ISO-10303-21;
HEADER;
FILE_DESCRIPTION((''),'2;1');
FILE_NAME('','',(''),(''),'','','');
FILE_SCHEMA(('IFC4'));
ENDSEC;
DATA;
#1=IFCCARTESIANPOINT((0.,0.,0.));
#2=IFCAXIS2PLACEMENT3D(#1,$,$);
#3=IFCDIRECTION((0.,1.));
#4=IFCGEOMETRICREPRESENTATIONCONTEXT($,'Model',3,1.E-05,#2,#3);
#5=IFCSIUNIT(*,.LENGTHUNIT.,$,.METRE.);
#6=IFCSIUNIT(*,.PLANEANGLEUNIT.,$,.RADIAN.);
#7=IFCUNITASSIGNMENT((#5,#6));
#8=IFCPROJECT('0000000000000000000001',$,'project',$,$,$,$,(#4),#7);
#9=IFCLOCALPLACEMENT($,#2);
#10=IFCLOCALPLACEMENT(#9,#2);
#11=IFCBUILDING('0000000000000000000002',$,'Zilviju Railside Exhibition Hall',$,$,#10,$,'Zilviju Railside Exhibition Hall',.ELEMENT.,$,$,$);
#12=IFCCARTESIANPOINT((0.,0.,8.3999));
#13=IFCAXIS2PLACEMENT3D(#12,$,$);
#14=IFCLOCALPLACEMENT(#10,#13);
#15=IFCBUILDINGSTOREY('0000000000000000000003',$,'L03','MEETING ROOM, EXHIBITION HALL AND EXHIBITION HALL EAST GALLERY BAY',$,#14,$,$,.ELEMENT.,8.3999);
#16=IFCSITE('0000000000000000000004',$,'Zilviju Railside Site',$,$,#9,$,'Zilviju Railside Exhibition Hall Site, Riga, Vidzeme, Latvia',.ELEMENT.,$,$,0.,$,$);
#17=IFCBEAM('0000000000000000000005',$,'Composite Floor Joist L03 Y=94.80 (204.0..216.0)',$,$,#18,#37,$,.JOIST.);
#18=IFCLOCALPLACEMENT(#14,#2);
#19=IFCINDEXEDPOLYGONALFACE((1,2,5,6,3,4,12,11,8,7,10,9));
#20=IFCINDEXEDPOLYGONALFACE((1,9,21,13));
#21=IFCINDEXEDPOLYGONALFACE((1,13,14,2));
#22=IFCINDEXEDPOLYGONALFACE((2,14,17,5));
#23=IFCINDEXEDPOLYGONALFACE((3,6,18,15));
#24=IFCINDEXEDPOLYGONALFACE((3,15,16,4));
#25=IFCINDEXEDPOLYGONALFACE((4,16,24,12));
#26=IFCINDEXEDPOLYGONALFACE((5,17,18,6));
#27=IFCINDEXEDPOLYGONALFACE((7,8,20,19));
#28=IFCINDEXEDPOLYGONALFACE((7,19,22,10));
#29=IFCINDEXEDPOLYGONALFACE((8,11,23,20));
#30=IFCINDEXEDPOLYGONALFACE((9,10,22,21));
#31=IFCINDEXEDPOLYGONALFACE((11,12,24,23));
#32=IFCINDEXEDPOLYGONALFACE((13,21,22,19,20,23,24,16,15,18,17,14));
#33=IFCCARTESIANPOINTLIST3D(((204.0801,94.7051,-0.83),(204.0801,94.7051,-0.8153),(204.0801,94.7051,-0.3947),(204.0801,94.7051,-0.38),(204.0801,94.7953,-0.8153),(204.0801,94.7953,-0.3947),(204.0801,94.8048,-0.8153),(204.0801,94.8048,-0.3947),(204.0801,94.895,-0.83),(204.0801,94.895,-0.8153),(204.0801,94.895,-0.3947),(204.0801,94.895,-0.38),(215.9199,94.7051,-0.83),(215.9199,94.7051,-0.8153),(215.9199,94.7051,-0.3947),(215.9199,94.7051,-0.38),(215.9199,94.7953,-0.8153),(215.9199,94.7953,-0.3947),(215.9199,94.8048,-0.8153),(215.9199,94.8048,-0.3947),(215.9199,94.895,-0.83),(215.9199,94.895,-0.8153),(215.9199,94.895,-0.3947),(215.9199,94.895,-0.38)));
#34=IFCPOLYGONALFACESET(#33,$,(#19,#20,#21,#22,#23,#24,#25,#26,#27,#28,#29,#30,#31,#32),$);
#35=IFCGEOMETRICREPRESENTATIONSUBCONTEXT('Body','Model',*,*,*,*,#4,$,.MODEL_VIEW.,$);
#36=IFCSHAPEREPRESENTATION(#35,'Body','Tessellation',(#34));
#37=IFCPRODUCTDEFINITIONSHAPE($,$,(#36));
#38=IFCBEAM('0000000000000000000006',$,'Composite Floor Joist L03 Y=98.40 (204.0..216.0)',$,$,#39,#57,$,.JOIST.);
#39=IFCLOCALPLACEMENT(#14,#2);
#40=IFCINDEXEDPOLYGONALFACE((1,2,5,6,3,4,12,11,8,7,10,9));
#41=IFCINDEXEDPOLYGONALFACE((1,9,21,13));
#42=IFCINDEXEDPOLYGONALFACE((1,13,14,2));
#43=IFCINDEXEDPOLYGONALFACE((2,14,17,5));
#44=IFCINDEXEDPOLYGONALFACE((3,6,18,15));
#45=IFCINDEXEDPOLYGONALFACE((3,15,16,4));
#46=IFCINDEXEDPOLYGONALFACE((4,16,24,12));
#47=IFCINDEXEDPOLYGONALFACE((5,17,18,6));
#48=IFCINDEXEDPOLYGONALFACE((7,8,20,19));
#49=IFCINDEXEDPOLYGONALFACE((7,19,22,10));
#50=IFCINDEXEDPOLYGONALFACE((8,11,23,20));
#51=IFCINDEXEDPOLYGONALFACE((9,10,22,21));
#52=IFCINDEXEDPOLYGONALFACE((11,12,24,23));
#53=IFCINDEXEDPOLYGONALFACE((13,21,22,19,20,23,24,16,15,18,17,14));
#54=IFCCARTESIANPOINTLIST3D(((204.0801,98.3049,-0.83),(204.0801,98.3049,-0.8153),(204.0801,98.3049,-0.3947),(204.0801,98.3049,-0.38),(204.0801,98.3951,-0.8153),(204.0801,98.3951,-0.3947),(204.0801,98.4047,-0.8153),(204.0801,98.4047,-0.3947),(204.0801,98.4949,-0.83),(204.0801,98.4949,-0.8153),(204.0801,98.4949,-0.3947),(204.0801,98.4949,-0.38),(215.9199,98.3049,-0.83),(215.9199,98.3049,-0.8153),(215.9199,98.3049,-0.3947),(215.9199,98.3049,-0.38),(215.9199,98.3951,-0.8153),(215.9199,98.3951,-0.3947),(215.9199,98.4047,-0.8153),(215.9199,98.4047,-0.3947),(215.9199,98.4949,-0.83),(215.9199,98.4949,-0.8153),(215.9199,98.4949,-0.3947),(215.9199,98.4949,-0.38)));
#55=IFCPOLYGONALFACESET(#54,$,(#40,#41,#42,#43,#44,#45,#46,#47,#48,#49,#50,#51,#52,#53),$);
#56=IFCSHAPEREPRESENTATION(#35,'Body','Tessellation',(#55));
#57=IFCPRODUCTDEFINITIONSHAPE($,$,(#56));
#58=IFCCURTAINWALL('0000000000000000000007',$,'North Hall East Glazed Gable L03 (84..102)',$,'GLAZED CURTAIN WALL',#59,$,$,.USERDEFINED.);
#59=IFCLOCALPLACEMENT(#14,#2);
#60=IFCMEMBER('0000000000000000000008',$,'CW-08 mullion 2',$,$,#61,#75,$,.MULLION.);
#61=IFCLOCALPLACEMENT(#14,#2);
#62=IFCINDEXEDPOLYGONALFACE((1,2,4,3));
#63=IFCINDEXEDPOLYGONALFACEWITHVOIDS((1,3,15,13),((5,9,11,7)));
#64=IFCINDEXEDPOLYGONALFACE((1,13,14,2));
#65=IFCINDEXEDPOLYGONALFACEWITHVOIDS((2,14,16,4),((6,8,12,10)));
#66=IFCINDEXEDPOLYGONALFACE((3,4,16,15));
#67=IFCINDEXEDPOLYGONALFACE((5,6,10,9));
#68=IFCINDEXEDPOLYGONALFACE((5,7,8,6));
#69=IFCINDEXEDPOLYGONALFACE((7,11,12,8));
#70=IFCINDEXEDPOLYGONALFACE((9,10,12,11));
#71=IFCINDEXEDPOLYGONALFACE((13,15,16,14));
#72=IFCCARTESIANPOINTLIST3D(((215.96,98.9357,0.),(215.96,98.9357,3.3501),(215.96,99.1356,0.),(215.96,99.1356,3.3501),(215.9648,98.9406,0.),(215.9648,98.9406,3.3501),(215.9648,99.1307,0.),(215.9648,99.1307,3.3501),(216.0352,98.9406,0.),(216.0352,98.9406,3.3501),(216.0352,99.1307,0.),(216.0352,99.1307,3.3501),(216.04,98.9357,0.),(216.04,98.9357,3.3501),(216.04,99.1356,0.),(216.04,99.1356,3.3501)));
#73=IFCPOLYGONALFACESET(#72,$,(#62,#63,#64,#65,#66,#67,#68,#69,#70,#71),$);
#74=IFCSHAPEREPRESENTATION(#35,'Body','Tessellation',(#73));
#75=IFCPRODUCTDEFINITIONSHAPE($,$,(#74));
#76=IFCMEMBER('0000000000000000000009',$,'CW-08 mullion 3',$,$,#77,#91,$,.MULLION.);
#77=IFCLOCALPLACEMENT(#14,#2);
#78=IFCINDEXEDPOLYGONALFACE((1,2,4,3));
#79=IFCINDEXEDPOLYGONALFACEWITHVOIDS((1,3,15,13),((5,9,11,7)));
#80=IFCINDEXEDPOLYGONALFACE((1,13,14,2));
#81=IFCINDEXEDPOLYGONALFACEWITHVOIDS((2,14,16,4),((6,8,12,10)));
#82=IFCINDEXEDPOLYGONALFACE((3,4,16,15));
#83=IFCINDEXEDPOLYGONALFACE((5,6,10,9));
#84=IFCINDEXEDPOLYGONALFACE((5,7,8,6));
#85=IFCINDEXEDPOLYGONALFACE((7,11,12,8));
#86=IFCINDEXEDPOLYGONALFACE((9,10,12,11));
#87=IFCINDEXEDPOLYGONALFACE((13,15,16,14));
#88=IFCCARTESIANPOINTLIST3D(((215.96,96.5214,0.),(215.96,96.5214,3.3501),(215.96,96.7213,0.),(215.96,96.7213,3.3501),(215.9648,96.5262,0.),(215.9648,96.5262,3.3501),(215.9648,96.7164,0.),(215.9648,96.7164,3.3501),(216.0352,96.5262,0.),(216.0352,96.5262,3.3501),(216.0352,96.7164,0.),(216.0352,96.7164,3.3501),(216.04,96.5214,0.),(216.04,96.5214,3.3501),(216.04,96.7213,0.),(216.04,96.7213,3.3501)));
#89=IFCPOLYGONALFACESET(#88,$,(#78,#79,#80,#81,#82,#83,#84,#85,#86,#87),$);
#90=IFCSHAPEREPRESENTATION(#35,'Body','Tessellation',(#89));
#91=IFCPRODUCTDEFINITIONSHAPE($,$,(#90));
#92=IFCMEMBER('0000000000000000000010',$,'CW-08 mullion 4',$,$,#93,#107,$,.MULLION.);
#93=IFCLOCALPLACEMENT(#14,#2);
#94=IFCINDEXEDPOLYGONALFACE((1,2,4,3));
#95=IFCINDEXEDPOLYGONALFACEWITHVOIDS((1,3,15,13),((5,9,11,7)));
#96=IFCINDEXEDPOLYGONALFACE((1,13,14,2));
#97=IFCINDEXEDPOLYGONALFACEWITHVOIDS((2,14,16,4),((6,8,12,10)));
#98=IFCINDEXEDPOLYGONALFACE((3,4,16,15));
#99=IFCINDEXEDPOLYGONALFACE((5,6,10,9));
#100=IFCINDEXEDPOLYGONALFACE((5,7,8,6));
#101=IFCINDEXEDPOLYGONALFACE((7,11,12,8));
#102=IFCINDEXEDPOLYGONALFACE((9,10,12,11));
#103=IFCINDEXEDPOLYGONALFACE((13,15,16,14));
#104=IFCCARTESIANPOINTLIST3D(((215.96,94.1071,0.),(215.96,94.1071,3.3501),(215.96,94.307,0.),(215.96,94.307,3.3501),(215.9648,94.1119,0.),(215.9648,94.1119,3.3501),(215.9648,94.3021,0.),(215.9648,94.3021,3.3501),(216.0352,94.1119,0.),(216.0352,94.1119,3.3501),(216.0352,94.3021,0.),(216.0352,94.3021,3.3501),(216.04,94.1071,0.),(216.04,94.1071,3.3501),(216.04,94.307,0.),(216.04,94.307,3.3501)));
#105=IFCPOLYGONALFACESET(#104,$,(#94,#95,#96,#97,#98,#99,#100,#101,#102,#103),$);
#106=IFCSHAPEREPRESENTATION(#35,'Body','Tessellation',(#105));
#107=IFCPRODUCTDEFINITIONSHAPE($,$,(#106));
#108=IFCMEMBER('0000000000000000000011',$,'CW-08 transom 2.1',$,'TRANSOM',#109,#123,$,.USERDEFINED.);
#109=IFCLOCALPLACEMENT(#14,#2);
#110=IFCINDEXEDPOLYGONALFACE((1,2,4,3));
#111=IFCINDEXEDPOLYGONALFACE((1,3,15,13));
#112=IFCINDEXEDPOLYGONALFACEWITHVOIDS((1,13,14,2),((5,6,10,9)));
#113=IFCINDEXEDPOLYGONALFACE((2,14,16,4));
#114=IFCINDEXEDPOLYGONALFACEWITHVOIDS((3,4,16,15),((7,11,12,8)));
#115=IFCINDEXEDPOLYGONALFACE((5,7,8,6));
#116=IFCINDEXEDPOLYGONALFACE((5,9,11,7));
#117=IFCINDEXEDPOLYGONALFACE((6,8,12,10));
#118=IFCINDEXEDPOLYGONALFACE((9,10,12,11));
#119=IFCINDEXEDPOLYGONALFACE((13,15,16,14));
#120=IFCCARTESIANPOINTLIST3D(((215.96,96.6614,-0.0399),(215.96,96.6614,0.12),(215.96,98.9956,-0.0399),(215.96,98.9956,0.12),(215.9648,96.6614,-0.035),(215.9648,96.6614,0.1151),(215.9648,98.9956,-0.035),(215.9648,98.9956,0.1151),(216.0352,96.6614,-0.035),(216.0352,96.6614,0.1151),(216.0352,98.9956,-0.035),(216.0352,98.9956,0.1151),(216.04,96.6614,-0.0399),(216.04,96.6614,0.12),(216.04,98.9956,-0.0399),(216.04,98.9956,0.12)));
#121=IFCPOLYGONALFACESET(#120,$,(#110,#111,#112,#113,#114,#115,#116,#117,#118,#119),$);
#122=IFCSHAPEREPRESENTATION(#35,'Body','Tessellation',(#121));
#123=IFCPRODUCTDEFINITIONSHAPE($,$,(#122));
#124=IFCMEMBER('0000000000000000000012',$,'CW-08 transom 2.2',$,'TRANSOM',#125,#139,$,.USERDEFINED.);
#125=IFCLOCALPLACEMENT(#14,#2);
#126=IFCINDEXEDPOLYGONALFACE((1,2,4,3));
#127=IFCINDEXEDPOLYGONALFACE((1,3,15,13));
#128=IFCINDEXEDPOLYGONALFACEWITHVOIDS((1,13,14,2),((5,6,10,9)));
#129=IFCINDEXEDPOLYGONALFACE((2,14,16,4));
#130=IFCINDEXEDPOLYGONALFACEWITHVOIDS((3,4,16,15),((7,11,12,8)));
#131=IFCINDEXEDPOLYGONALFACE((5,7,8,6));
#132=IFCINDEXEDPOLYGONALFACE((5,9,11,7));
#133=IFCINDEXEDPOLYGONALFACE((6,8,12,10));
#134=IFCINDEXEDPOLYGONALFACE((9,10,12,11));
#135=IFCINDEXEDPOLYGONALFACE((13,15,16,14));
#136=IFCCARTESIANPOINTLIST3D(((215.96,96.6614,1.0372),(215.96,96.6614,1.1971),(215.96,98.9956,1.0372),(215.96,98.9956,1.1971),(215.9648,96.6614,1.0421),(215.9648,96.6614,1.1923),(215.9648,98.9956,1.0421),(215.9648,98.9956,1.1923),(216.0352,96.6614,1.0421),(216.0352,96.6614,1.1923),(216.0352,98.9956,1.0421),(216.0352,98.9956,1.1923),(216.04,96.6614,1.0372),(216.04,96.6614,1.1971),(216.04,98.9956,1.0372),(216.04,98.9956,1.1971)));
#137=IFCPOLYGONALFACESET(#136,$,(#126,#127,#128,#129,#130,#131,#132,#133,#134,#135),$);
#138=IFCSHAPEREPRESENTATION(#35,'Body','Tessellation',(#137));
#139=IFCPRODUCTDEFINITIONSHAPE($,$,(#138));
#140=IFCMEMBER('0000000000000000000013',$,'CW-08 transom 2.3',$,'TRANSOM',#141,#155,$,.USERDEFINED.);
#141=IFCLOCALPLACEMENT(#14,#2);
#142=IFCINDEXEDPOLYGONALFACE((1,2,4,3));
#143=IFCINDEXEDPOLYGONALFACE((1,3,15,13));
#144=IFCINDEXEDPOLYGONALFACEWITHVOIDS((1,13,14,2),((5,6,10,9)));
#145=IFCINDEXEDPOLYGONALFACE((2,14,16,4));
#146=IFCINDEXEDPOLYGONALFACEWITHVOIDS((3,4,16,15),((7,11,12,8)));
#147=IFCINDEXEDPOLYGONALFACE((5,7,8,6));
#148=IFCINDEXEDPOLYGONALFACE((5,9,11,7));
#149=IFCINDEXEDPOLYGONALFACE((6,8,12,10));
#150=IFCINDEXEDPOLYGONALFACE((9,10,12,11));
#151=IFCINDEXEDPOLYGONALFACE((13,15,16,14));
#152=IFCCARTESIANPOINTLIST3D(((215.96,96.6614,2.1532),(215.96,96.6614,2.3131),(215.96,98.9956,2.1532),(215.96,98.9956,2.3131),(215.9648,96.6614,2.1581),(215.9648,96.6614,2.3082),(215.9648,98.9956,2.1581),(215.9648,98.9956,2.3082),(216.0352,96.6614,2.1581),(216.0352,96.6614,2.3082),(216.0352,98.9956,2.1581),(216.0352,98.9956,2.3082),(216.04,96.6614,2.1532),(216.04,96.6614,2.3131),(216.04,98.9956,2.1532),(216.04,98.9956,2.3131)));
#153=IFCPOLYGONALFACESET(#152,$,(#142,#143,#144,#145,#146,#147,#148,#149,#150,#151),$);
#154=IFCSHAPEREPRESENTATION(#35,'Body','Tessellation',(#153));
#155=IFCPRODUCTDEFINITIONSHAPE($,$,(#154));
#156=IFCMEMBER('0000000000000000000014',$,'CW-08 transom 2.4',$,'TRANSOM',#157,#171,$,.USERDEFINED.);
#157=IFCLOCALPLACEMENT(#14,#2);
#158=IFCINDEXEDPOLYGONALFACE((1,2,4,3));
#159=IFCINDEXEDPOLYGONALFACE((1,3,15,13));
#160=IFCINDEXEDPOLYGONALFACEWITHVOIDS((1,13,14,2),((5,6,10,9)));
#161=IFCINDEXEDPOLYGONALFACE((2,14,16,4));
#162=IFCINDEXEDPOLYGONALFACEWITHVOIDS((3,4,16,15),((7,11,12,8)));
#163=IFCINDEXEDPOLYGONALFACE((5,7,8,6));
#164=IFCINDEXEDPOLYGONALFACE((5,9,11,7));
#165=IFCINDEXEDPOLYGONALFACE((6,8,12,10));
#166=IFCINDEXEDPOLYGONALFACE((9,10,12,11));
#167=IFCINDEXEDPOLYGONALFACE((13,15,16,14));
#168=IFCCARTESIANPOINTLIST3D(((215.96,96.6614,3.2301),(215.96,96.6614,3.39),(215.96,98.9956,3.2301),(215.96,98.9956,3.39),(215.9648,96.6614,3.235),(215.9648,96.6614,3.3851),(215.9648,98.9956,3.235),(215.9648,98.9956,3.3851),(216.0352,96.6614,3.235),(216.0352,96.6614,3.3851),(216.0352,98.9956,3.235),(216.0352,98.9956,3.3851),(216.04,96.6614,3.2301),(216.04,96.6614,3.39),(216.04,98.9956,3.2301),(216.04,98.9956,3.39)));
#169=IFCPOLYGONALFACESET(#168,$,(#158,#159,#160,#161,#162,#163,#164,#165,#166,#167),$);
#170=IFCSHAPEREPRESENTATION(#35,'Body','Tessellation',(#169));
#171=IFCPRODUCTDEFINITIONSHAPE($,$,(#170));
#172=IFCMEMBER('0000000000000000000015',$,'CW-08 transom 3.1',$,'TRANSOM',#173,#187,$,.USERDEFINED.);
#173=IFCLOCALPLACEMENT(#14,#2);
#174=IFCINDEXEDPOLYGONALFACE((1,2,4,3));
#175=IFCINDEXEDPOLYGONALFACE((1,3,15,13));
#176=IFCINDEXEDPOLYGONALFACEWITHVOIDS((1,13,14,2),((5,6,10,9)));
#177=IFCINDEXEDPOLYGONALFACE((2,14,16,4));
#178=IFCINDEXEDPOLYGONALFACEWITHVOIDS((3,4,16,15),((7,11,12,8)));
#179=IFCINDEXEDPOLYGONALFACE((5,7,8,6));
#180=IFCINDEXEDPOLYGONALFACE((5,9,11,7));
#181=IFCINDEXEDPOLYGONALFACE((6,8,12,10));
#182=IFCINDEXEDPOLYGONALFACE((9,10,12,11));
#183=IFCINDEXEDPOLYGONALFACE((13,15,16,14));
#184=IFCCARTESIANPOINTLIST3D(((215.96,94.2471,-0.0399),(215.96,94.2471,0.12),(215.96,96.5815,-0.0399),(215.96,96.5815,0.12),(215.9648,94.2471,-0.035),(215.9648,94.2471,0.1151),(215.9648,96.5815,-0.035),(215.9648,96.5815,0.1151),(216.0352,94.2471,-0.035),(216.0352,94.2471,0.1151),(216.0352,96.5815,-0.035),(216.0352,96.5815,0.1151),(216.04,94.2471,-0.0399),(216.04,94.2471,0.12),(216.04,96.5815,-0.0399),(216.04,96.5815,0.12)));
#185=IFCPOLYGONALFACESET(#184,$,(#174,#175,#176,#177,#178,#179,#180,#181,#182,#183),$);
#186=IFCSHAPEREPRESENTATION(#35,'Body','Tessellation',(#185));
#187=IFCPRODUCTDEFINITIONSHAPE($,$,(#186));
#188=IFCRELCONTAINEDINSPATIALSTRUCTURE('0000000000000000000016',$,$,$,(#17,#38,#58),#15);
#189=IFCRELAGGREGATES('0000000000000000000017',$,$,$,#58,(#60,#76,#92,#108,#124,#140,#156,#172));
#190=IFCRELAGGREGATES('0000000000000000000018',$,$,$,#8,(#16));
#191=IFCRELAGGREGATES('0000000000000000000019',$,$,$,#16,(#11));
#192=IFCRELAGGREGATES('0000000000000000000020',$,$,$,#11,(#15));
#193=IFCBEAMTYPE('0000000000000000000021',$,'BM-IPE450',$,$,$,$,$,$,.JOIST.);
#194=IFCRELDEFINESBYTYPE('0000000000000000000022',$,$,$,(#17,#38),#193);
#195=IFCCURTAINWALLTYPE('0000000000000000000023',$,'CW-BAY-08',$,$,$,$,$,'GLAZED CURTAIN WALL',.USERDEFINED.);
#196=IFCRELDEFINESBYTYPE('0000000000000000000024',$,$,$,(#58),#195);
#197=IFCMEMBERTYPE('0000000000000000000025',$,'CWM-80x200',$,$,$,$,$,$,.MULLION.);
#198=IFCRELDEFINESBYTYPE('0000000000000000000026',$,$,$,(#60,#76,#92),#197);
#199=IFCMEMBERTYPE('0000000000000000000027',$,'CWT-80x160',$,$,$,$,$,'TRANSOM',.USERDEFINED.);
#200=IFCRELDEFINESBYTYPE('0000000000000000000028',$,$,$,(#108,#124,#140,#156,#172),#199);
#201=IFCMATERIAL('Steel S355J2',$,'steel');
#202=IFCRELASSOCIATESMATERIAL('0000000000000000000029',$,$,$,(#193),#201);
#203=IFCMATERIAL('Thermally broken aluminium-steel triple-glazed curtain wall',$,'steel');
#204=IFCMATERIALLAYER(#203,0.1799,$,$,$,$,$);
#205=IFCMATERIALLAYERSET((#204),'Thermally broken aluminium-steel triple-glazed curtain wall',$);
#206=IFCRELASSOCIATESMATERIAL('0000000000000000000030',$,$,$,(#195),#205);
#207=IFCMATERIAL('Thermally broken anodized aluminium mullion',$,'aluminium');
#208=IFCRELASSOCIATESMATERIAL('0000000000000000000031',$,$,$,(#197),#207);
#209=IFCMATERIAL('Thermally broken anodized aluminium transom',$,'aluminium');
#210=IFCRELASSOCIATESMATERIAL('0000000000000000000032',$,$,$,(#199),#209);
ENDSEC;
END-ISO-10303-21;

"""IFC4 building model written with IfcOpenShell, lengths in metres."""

from ifc_helpers import new_model, si_unit, direction, frame, origin, origin_2d, place, context, subcontext, project, spatial, hollow_rectangle, i_section, extrude, material, layer, layer_set, material_profile, profile_set, type_object, element, aggregate, save


model = new_model("IFC4")

# Units and contexts
model_context = context("Model", 3, precision=1e-05, world=origin(), true_north=direction((0.0, 1.0)))
body_context = subcontext(model_context, "Body", "Model", "MODEL_VIEW")
ifc_project = project(units=[si_unit("LENGTHUNIT", "METRE"), si_unit("PLANEANGLEUNIT", "RADIAN")], contexts=[model_context])

# Site, building, storey
site_placement = place(None, origin())
site = spatial("IfcSite", under=ifc_project, at=site_placement, Name="Zilviju Railside Site", LongName="Zilviju Railside Exhibition Hall Site, Riga, Vidzeme, Latvia", CompositionType="ELEMENT", RefElevation=0.0)
building_placement = place(site_placement, origin())
building = spatial("IfcBuilding", under=site, at=building_placement, Name="Zilviju Railside Exhibition Hall", LongName="Zilviju Railside Exhibition Hall", CompositionType="ELEMENT")
storey_placement = place(building_placement, frame((0.0, 0.0, 8.3999)))
storey = spatial("IfcBuildingStorey", under=building, at=storey_placement, Name="L03", Description="MEETING ROOM, EXHIBITION HALL AND EXHIBITION HALL EAST GALLERY BAY", CompositionType="ELEMENT", Elevation=8.3999)

# Beams
ifc_material_1 = material(Name="Steel S355J2", Category="steel")
ifc_material_profile_1 = material_profile(ifc_material_1, i_section(OverallWidth=0.1899, OverallDepth=0.45, WebThickness=0.0095, FlangeThickness=0.0146, at=origin_2d()), Name="IPE 450")
ifc_profile_set_1 = profile_set([ifc_material_profile_1], Name="Steel S355J2")
beam_type = type_object("IfcBeamType", Name="BM-IPE450", PredefinedType="JOIST", material=ifc_profile_set_1)
for number, where, z_axis, x_axis, name in (
    (1, (204.0801, 94.8, -0.605), (1.0, 0.0, 0.0), (0.0, 1.0, 0.0), "Composite Floor Joist L03 Y=94.80 (204.0..216.0)"),
    (2, (204.0801, 98.3999, -0.605), (1.0, 0.0, 0.0), (0.0, 1.0, 0.0), "Composite Floor Joist L03 Y=98.40 (204.0..216.0)"),
):
    element("IfcBeam", number, at=place(storey_placement, frame(where, z_axis=z_axis, x_axis=x_axis)), inside=storey, type_object=beam_type, Name=name, PredefinedType="JOIST", context=body_context, shape_type="SweptSolid", body=[
        extrude(i_section(OverallWidth=0.1899, OverallDepth=0.45, WebThickness=0.0095, FlangeThickness=0.0146, at=origin_2d()), origin(), (0.0, 0.0, 1.0), 11.8398),
    ])

# Curtain wall, members
ifc_material_2 = material(Name="Thermally broken aluminium-steel triple-glazed curtain wall", Category="steel")
ifc_layer_1 = layer(ifc_material_2, 0.1799)
ifc_layer_set_1 = layer_set([ifc_layer_1], Name="Thermally broken aluminium-steel triple-glazed curtain wall")
curtain_wall_type = type_object("IfcCurtainWallType", Name="CW-BAY-08", ElementType="GLAZED CURTAIN WALL", PredefinedType="USERDEFINED", material=ifc_layer_set_1)
curtain_wall_placement = place(storey_placement, origin())
curtain_wall = element("IfcCurtainWall", 3, at=curtain_wall_placement, inside=storey, type_object=curtain_wall_type, Name="North Hall East Glazed Gable L03 (84..102)", ObjectType="GLAZED CURTAIN WALL", PredefinedType="USERDEFINED")
ifc_material_3 = material(Name="Thermally broken anodized aluminium mullion", Category="aluminium")
ifc_material_profile_2 = material_profile(ifc_material_3, hollow_rectangle(XDim=0.0801, YDim=0.2, WallThickness=0.0049, at=origin_2d()), Name="MULLION 200x80x5")
ifc_profile_set_2 = profile_set([ifc_material_profile_2], Name="Thermally broken anodized aluminium mullion")
member_type_1 = type_object("IfcMemberType", Name="CWM-80x200", PredefinedType="MULLION", material=ifc_profile_set_2)
member_1_placement = place(storey_placement, frame((216.0, 99.0356, 0.0), z_axis=(0.0, 0.0, 1.0), x_axis=(1.0, 0.0, 0.0)))
member_1 = element("IfcMember", 4, at=member_1_placement, type_object=member_type_1, Name="CW-08 mullion 2", PredefinedType="MULLION", context=body_context, shape_type="SweptSolid", body=[
    extrude(hollow_rectangle(XDim=0.0801, YDim=0.2, WallThickness=0.0049, at=origin_2d()), origin(), (0.0, 0.0, 1.0), 3.3501),
])
member_2_placement = place(storey_placement, frame((216.0, 96.6213, 0.0), z_axis=(0.0, 0.0, 1.0), x_axis=(1.0, 0.0, 0.0)))
member_2 = element("IfcMember", 5, at=member_2_placement, type_object=member_type_1, Name="CW-08 mullion 3", PredefinedType="MULLION", context=body_context, shape_type="SweptSolid", body=[
    extrude(hollow_rectangle(XDim=0.0801, YDim=0.2, WallThickness=0.0049, at=origin_2d()), origin(), (0.0, 0.0, 1.0), 3.3501),
])
member_3_placement = place(storey_placement, frame((216.0, 94.207, 0.0), z_axis=(0.0, 0.0, 1.0), x_axis=(1.0, 0.0, 0.0)))
member_3 = element("IfcMember", 6, at=member_3_placement, type_object=member_type_1, Name="CW-08 mullion 4", PredefinedType="MULLION", context=body_context, shape_type="SweptSolid", body=[
    extrude(hollow_rectangle(XDim=0.0801, YDim=0.2, WallThickness=0.0049, at=origin_2d()), origin(), (0.0, 0.0, 1.0), 3.3501),
])
ifc_material_4 = material(Name="Thermally broken anodized aluminium transom", Category="aluminium")
ifc_material_profile_3 = material_profile(ifc_material_4, hollow_rectangle(XDim=0.0801, YDim=0.1599, WallThickness=0.0049, at=origin_2d()), Name="TRANSOM 160x80x5")
ifc_profile_set_3 = profile_set([ifc_material_profile_3], Name="Thermally broken anodized aluminium transom")
member_type_2 = type_object("IfcMemberType", Name="CWT-80x160", ElementType="TRANSOM", PredefinedType="USERDEFINED", material=ifc_profile_set_3)
member_4_placement = place(storey_placement, frame((216.0, 98.9956, 0.04), z_axis=(0.0, -1.0, 0.0), x_axis=(1.0, 0.0, 0.0)))
member_4 = element("IfcMember", 7, at=member_4_placement, type_object=member_type_2, Name="CW-08 transom 2.1", ObjectType="TRANSOM", PredefinedType="USERDEFINED", context=body_context, shape_type="SweptSolid", body=[
    extrude(hollow_rectangle(XDim=0.0801, YDim=0.1599, WallThickness=0.0049, at=origin_2d()), origin(), (0.0, 0.0, 1.0), 2.3342),
])
member_5_placement = place(storey_placement, frame((216.0, 98.9956, 1.1172), z_axis=(0.0, -1.0, 0.0), x_axis=(1.0, 0.0, 0.0)))
member_5 = element("IfcMember", 8, at=member_5_placement, type_object=member_type_2, Name="CW-08 transom 2.2", ObjectType="TRANSOM", PredefinedType="USERDEFINED", context=body_context, shape_type="SweptSolid", body=[
    extrude(hollow_rectangle(XDim=0.0801, YDim=0.1599, WallThickness=0.0049, at=origin_2d()), origin(), (0.0, 0.0, 1.0), 2.3342),
])
member_6_placement = place(storey_placement, frame((216.0, 98.9956, 2.2332), z_axis=(0.0, -1.0, 0.0), x_axis=(1.0, 0.0, 0.0)))
member_6 = element("IfcMember", 9, at=member_6_placement, type_object=member_type_2, Name="CW-08 transom 2.3", ObjectType="TRANSOM", PredefinedType="USERDEFINED", context=body_context, shape_type="SweptSolid", body=[
    extrude(hollow_rectangle(XDim=0.0801, YDim=0.1599, WallThickness=0.0049, at=origin_2d()), origin(), (0.0, 0.0, 1.0), 2.3342),
])
member_7_placement = place(storey_placement, frame((216.0, 98.9956, 3.3101), z_axis=(0.0, -1.0, 0.0), x_axis=(1.0, 0.0, 0.0)))
member_7 = element("IfcMember", 10, at=member_7_placement, type_object=member_type_2, Name="CW-08 transom 2.4", ObjectType="TRANSOM", PredefinedType="USERDEFINED", context=body_context, shape_type="SweptSolid", body=[
    extrude(hollow_rectangle(XDim=0.0801, YDim=0.1599, WallThickness=0.0049, at=origin_2d()), origin(), (0.0, 0.0, 1.0), 2.3342),
])
member_8_placement = place(storey_placement, frame((216.0, 96.5815, 0.04), z_axis=(0.0, -1.0, 0.0), x_axis=(1.0, 0.0, 0.0)))
member_8 = element("IfcMember", 11, at=member_8_placement, type_object=member_type_2, Name="CW-08 transom 3.1", ObjectType="TRANSOM", PredefinedType="USERDEFINED", context=body_context, shape_type="SweptSolid", body=[
    extrude(hollow_rectangle(XDim=0.0801, YDim=0.1599, WallThickness=0.0049, at=origin_2d()), origin(), (0.0, 0.0, 1.0), 2.3345),
])
aggregate(curtain_wall, [member_1, member_2, member_3, member_4, member_5, member_6, member_7, member_8])

save(model, "model.ifc")
